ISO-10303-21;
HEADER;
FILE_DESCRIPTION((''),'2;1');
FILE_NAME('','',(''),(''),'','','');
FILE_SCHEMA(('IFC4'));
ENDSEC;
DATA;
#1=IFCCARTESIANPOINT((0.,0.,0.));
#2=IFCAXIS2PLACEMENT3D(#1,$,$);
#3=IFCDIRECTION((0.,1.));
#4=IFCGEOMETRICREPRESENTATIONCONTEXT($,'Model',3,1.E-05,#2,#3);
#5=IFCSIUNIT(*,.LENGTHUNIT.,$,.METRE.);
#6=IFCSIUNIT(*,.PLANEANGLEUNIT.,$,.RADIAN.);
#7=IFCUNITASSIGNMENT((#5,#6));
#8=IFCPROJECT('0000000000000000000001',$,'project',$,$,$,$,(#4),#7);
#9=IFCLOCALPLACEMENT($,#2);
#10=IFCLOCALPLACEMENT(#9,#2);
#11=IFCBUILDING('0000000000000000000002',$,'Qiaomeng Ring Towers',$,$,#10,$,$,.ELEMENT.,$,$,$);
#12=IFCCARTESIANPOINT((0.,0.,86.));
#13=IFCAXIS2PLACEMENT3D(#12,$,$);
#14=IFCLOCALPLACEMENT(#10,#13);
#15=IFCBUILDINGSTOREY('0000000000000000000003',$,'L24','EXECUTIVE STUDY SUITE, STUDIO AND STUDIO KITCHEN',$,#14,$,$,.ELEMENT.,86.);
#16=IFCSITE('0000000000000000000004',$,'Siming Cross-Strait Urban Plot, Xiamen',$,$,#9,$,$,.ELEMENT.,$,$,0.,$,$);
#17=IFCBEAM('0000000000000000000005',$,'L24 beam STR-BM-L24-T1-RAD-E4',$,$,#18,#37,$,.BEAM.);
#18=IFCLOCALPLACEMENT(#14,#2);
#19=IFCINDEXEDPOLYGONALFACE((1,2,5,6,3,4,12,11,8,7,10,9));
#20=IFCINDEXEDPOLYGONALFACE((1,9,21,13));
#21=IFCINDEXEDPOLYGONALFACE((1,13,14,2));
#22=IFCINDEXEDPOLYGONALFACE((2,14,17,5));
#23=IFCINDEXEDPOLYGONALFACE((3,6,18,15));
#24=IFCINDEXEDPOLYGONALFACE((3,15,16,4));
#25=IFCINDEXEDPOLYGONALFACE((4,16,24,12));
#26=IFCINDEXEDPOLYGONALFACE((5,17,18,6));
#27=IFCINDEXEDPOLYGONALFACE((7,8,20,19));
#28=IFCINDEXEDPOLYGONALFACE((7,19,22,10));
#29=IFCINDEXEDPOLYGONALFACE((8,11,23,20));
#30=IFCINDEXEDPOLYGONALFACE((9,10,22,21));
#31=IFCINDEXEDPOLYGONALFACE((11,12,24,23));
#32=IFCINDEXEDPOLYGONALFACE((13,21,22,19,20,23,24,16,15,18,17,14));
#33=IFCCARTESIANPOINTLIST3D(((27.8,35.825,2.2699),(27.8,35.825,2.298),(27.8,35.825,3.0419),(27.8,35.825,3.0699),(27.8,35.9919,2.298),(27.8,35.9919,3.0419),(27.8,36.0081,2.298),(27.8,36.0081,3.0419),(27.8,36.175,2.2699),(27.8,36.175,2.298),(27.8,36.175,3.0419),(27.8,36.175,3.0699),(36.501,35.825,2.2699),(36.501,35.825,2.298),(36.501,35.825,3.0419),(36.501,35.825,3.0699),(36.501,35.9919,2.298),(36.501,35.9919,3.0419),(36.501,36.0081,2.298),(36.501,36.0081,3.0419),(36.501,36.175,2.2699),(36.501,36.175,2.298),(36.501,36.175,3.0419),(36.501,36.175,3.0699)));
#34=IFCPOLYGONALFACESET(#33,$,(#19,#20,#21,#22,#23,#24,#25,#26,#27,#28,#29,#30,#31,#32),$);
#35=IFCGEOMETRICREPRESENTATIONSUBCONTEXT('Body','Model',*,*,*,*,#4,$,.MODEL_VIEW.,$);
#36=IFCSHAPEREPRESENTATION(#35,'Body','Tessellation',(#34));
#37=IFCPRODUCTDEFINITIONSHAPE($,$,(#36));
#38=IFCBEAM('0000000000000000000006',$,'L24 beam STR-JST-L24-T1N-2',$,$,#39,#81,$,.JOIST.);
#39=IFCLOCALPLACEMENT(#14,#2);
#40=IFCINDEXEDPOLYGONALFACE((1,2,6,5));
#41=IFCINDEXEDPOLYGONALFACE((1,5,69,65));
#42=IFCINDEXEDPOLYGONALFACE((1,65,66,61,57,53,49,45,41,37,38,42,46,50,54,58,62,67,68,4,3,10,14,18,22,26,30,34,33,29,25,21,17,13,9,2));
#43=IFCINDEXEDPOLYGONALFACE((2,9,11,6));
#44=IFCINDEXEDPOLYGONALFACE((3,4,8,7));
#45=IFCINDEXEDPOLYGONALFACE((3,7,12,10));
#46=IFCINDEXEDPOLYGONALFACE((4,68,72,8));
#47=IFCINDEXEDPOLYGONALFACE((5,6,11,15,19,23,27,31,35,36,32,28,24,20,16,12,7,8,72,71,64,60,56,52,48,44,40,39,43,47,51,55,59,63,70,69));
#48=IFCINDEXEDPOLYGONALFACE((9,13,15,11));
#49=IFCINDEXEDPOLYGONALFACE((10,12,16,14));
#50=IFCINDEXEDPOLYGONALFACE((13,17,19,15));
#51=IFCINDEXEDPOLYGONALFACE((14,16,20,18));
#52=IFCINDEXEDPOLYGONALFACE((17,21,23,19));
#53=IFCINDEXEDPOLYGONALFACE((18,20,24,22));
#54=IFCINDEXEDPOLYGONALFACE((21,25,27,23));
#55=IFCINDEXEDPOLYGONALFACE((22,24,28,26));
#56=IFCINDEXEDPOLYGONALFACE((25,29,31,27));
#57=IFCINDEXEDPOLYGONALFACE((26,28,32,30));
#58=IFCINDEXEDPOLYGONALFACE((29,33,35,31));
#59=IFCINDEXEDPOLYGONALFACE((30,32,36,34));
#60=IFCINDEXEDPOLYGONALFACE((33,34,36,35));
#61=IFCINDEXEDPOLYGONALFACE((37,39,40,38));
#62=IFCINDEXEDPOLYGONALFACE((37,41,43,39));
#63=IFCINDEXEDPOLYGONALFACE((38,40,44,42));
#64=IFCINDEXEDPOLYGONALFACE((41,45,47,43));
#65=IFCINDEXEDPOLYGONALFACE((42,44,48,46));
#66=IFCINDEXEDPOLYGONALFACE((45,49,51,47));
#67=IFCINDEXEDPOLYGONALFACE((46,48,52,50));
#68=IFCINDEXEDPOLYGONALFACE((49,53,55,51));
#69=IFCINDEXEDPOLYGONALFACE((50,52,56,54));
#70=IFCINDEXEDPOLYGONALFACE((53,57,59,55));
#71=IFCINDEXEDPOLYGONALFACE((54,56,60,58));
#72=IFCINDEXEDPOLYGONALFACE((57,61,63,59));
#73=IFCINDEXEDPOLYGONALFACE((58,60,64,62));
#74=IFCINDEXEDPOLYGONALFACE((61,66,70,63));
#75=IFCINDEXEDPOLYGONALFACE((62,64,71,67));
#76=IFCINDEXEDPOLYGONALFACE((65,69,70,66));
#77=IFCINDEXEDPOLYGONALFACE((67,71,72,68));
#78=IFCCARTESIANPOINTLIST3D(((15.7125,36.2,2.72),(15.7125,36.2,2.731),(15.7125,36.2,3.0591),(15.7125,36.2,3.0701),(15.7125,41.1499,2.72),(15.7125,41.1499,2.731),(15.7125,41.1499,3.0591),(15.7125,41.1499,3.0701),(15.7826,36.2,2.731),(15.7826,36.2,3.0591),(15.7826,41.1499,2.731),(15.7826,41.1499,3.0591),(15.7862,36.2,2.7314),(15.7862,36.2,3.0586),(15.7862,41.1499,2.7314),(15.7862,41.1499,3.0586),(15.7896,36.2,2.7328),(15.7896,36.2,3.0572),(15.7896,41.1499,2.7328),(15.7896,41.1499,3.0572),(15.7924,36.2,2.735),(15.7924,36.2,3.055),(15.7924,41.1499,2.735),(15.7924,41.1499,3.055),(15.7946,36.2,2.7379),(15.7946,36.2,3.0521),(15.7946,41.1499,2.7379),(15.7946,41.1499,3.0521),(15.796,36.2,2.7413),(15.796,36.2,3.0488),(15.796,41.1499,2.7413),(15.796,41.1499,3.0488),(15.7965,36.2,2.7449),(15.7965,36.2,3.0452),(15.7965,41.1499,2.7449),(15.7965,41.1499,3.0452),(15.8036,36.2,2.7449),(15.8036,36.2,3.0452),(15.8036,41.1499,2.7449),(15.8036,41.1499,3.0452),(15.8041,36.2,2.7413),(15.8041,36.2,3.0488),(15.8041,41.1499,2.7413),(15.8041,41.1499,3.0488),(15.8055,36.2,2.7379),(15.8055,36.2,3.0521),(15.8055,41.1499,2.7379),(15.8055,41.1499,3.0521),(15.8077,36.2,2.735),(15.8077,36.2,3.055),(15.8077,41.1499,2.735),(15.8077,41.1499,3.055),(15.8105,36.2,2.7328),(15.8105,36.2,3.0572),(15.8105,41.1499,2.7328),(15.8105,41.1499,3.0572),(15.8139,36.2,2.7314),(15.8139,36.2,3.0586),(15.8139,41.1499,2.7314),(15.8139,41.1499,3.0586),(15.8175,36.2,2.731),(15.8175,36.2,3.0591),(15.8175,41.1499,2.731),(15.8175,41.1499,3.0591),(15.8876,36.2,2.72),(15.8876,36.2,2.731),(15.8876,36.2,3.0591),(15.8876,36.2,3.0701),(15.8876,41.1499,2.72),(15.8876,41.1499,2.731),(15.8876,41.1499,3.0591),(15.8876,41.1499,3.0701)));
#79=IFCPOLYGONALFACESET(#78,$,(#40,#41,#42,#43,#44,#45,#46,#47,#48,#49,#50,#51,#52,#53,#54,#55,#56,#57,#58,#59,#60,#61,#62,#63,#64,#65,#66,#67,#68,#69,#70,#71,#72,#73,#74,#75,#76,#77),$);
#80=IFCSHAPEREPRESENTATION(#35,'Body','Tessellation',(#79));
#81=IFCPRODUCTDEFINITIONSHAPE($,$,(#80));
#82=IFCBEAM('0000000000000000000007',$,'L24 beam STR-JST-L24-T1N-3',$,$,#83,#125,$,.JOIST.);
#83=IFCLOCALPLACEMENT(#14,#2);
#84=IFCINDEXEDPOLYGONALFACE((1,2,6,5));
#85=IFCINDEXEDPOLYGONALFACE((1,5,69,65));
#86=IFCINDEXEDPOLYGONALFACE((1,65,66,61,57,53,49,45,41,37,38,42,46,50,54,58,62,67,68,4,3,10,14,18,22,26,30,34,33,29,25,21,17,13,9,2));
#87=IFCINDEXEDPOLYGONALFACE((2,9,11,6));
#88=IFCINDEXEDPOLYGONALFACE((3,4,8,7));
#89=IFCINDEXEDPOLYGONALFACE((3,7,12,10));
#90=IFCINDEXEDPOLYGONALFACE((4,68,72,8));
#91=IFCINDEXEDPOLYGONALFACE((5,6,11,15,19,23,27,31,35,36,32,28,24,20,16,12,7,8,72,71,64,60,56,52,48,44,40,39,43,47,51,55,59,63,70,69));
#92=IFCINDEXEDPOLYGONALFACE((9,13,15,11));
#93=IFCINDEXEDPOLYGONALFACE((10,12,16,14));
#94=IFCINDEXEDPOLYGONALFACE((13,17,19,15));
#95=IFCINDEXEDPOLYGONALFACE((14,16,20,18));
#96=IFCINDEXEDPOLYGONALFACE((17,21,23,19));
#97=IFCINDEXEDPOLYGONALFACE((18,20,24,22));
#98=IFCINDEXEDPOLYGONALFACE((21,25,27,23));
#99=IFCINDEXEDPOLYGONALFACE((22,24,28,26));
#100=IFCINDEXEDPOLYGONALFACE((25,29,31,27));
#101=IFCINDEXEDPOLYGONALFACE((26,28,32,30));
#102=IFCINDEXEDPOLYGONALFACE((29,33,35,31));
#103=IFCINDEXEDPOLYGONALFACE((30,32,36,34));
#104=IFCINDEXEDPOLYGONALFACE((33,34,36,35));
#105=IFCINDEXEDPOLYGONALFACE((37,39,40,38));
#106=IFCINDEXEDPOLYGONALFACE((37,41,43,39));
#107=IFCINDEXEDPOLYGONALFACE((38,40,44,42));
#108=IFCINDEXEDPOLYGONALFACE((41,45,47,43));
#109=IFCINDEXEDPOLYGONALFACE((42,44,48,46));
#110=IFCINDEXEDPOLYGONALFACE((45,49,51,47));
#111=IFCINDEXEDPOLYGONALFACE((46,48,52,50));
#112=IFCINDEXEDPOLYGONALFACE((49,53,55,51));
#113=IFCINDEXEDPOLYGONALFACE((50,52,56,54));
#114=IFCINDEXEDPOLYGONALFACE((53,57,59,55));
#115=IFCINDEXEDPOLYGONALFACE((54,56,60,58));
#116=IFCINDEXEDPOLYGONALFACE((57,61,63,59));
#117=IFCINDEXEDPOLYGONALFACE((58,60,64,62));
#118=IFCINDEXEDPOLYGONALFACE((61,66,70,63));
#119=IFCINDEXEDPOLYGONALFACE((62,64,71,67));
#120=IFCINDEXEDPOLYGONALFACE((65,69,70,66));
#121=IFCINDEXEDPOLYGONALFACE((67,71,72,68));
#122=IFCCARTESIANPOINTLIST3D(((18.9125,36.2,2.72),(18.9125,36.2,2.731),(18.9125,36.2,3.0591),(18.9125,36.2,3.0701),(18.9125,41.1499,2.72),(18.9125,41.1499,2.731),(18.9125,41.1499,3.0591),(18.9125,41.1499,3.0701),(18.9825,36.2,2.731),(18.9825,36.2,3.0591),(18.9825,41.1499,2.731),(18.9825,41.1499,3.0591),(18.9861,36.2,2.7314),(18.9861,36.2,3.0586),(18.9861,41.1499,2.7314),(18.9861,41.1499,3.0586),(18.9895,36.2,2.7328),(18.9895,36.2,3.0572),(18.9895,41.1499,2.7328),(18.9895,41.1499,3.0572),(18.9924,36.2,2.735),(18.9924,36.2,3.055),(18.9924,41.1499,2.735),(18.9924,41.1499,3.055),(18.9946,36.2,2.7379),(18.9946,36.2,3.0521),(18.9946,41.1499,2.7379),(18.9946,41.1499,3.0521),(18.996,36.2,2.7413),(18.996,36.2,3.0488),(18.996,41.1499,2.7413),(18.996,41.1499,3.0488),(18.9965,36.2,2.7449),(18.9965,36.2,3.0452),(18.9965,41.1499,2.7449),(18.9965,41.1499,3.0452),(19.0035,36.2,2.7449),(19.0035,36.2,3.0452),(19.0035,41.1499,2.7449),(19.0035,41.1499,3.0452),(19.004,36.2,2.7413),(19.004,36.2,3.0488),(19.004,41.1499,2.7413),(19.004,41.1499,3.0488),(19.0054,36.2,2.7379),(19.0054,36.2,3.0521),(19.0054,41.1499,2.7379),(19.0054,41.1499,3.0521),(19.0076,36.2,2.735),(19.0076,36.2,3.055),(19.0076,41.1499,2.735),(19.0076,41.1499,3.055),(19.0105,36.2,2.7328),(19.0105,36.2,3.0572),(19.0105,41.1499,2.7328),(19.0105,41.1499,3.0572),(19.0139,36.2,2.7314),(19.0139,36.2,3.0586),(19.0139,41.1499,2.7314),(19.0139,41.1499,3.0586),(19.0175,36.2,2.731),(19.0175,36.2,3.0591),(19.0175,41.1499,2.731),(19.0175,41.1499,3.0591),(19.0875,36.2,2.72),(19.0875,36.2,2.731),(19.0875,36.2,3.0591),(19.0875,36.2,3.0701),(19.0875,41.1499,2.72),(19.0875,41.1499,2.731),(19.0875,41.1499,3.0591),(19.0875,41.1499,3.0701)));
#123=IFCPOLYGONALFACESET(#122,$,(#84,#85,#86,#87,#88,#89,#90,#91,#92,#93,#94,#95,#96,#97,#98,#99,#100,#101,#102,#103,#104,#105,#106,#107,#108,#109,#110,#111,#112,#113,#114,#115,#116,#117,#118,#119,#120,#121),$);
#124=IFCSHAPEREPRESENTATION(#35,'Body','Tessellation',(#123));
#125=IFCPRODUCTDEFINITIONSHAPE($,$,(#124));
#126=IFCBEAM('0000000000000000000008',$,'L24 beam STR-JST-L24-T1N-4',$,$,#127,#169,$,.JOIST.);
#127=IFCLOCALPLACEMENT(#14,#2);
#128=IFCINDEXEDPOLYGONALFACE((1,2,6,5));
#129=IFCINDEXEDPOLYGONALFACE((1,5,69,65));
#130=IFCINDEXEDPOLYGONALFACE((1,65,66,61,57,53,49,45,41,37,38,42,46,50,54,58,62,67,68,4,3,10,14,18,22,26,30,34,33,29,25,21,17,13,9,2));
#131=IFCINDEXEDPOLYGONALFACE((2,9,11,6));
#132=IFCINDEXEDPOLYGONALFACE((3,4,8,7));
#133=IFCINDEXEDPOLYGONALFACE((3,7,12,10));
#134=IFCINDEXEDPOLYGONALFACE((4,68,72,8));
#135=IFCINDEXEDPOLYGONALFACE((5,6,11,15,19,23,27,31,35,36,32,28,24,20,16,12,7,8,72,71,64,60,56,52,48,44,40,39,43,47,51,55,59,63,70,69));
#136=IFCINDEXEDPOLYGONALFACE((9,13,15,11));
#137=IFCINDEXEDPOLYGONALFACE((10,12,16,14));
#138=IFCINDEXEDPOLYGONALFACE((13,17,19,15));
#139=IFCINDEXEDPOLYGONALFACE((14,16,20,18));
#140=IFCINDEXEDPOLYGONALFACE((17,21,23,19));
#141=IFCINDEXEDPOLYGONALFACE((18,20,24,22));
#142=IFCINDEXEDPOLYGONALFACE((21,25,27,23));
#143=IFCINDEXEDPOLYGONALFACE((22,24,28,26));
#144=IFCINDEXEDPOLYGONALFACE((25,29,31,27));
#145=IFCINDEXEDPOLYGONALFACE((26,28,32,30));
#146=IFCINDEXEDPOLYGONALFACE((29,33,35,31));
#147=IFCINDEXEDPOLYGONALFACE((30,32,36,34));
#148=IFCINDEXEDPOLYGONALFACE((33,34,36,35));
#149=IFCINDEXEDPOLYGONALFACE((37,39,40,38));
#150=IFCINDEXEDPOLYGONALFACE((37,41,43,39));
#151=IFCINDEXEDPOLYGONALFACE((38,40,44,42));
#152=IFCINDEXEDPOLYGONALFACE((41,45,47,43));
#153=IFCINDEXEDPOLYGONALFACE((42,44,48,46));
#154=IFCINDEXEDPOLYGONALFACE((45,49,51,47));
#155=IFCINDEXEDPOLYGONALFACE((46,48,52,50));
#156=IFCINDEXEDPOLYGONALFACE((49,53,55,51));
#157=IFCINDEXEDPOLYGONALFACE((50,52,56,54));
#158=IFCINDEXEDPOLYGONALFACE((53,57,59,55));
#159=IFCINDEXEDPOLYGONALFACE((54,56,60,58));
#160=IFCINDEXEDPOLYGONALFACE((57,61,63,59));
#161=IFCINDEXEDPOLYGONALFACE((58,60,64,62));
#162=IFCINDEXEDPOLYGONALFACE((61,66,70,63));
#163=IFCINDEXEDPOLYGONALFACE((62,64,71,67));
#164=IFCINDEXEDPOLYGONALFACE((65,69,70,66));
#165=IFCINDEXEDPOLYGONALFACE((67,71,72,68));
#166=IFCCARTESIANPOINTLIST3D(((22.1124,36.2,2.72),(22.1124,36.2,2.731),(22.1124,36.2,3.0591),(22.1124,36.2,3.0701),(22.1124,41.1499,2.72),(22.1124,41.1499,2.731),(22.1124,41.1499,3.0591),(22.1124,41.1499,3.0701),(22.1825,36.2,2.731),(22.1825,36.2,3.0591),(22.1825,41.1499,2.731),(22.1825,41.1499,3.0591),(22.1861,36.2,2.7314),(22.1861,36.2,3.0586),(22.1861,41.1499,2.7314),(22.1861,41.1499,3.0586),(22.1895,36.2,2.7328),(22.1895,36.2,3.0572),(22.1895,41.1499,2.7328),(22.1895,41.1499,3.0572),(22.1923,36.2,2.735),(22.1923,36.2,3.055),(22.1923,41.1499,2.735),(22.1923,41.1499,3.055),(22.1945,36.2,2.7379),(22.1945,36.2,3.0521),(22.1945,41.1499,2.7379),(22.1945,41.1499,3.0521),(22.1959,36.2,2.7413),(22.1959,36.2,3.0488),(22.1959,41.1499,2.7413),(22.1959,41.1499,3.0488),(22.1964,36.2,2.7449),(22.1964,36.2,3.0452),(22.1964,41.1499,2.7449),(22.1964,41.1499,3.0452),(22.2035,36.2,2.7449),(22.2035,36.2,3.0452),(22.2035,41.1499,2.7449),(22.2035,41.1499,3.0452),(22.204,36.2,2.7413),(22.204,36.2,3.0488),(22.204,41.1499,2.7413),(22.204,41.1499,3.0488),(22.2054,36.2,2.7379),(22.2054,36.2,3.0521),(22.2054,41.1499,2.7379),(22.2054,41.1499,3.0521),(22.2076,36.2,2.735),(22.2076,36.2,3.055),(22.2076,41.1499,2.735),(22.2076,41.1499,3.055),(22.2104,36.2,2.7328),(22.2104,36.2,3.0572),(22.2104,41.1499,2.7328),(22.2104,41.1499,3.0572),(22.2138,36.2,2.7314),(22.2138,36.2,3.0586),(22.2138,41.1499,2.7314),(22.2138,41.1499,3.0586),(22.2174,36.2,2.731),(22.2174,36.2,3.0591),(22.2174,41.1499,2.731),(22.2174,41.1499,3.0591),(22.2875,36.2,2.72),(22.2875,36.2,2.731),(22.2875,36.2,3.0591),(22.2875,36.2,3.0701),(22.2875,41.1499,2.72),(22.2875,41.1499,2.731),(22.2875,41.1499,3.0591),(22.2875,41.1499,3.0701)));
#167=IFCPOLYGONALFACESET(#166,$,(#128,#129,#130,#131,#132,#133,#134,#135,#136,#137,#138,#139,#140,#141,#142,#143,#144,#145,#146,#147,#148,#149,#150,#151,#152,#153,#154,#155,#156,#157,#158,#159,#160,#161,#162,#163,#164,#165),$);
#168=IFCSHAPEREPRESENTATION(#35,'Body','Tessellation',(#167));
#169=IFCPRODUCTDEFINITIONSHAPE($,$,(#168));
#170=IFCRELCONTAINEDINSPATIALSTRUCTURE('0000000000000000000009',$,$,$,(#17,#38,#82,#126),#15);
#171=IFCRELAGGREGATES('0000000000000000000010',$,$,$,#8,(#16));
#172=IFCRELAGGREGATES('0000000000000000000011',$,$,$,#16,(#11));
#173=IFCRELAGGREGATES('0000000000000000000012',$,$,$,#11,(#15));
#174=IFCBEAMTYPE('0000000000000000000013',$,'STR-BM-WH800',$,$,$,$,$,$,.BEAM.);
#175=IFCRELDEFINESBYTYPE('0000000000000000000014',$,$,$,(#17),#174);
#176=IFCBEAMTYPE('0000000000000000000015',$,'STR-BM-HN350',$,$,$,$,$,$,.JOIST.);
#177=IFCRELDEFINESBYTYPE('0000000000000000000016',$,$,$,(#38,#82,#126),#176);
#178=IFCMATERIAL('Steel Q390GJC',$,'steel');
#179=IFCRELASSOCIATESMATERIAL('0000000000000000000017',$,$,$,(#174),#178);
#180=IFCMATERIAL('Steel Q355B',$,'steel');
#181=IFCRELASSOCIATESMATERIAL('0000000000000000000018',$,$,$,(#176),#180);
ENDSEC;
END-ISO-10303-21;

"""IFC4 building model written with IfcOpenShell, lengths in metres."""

from ifc_helpers import new_model, si_unit, direction, frame, origin, origin_2d, place, context, subcontext, project, spatial, i_section, extrude, source, transform, mapped, material, material_profile, profile_set, type_object, element, save


model = new_model("IFC4")

# Units and contexts
model_context = context("Model", 3, precision=1e-05, world=origin(), true_north=direction((0.0, 1.0)))
body_context = subcontext(model_context, "Body", "Model", "MODEL_VIEW")
ifc_project = project(units=[si_unit("LENGTHUNIT", "METRE"), si_unit("PLANEANGLEUNIT", "RADIAN")], contexts=[model_context])

# Site, building, storey
site_placement = place(None, origin())
site = spatial("IfcSite", under=ifc_project, at=site_placement, Name="Siming Cross-Strait Urban Plot, Xiamen", CompositionType="ELEMENT", RefElevation=0.0)
building_placement = place(site_placement, origin())
building = spatial("IfcBuilding", under=site, at=building_placement, Name="Qiaomeng Ring Towers", CompositionType="ELEMENT")
storey_placement = place(building_placement, frame((0.0, 0.0, 86.0)))
storey = spatial("IfcBuildingStorey", under=building, at=storey_placement, Name="L24", Description="EXECUTIVE STUDY SUITE, STUDIO AND STUDIO KITCHEN", CompositionType="ELEMENT", Elevation=86.0)

# Beams
ifc_material_1 = material(Name="Steel Q390GJC", Category="steel")
ifc_material_profile_1 = material_profile(ifc_material_1, i_section(OverallWidth=0.3501, OverallDepth=0.8, WebThickness=0.0161, FlangeThickness=0.0281, at=origin_2d()), Name="WH 800x350x16x28")
ifc_profile_set_1 = profile_set([ifc_material_profile_1], Name="Steel Q390GJC")
beam_type_1 = type_object("IfcBeamType", Name="STR-BM-WH800", PredefinedType="BEAM", material=ifc_profile_set_1)
shared_shape_1 = source(origin(), body_context, "Body", "SweptSolid", [
    extrude(i_section(OverallWidth=0.3501, OverallDepth=0.8, WebThickness=0.0161, FlangeThickness=0.0281, at=origin_2d()), origin(), (0.0, 0.0, 1.0), 8.7009),
])
beam_placement = place(storey_placement, frame((27.8, 36.0, 2.6699), z_axis=(1.0, 0.0, 0.0), x_axis=(0.0, 1.0, 0.0)))
element("IfcBeam", 1, at=beam_placement, inside=storey, type_object=beam_type_1, Name="L24 beam STR-BM-L24-T1-RAD-E4", PredefinedType="BEAM", context=body_context, shape_type="MappedRepresentation", body=[
    mapped(shared_shape_1, transform((0.0, 0.0, 0.0), x_axis=(1.0, 0.0, 0.0), y_axis=(0.0, 1.0, 0.0), z_axis=(0.0, 0.0, 1.0), scale=1.0)),
])
ifc_material_2 = material(Name="Steel Q355B", Category="steel")
ifc_material_profile_2 = material_profile(ifc_material_2, i_section(OverallWidth=0.175, OverallDepth=0.3501, WebThickness=0.0071, FlangeThickness=0.011, FilletRadius=0.0139, at=origin_2d()), Name="HN 350x175x7x11")
ifc_profile_set_2 = profile_set([ifc_material_profile_2], Name="Steel Q355B")
beam_type_2 = type_object("IfcBeamType", Name="STR-BM-HN350", PredefinedType="JOIST", material=ifc_profile_set_2)
shared_shape_2 = source(origin(), body_context, "Body", "SweptSolid", [
    extrude(i_section(OverallWidth=0.175, OverallDepth=0.3501, WebThickness=0.0071, FlangeThickness=0.011, FilletRadius=0.0139, at=origin_2d()), origin(), (0.0, 0.0, 1.0), 4.95),
])
for number, where, z_axis, x_axis, name in (
    (2, (15.8, 36.2, 2.895), (0.0, 1.0, 0.0), (-1.0, 0.0, 0.0), "L24 beam STR-JST-L24-T1N-2"),
    (3, (19.0, 36.2, 2.895), (0.0, 1.0, 0.0), (-1.0, 0.0, 0.0), "L24 beam STR-JST-L24-T1N-3"),
    (4, (22.2, 36.2, 2.895), (0.0, 1.0, 0.0), (-1.0, 0.0, 0.0), "L24 beam STR-JST-L24-T1N-4"),
):
    element("IfcBeam", number, at=place(storey_placement, frame(where, z_axis=z_axis, x_axis=x_axis)), inside=storey, type_object=beam_type_2, Name=name, PredefinedType="JOIST", context=body_context, shape_type="MappedRepresentation", body=[
        mapped(shared_shape_2, transform((0.0, 0.0, 0.0), x_axis=(1.0, 0.0, 0.0), y_axis=(0.0, 1.0, 0.0), z_axis=(0.0, 0.0, 1.0), scale=1.0)),
    ])

save(model, "model.ifc")
